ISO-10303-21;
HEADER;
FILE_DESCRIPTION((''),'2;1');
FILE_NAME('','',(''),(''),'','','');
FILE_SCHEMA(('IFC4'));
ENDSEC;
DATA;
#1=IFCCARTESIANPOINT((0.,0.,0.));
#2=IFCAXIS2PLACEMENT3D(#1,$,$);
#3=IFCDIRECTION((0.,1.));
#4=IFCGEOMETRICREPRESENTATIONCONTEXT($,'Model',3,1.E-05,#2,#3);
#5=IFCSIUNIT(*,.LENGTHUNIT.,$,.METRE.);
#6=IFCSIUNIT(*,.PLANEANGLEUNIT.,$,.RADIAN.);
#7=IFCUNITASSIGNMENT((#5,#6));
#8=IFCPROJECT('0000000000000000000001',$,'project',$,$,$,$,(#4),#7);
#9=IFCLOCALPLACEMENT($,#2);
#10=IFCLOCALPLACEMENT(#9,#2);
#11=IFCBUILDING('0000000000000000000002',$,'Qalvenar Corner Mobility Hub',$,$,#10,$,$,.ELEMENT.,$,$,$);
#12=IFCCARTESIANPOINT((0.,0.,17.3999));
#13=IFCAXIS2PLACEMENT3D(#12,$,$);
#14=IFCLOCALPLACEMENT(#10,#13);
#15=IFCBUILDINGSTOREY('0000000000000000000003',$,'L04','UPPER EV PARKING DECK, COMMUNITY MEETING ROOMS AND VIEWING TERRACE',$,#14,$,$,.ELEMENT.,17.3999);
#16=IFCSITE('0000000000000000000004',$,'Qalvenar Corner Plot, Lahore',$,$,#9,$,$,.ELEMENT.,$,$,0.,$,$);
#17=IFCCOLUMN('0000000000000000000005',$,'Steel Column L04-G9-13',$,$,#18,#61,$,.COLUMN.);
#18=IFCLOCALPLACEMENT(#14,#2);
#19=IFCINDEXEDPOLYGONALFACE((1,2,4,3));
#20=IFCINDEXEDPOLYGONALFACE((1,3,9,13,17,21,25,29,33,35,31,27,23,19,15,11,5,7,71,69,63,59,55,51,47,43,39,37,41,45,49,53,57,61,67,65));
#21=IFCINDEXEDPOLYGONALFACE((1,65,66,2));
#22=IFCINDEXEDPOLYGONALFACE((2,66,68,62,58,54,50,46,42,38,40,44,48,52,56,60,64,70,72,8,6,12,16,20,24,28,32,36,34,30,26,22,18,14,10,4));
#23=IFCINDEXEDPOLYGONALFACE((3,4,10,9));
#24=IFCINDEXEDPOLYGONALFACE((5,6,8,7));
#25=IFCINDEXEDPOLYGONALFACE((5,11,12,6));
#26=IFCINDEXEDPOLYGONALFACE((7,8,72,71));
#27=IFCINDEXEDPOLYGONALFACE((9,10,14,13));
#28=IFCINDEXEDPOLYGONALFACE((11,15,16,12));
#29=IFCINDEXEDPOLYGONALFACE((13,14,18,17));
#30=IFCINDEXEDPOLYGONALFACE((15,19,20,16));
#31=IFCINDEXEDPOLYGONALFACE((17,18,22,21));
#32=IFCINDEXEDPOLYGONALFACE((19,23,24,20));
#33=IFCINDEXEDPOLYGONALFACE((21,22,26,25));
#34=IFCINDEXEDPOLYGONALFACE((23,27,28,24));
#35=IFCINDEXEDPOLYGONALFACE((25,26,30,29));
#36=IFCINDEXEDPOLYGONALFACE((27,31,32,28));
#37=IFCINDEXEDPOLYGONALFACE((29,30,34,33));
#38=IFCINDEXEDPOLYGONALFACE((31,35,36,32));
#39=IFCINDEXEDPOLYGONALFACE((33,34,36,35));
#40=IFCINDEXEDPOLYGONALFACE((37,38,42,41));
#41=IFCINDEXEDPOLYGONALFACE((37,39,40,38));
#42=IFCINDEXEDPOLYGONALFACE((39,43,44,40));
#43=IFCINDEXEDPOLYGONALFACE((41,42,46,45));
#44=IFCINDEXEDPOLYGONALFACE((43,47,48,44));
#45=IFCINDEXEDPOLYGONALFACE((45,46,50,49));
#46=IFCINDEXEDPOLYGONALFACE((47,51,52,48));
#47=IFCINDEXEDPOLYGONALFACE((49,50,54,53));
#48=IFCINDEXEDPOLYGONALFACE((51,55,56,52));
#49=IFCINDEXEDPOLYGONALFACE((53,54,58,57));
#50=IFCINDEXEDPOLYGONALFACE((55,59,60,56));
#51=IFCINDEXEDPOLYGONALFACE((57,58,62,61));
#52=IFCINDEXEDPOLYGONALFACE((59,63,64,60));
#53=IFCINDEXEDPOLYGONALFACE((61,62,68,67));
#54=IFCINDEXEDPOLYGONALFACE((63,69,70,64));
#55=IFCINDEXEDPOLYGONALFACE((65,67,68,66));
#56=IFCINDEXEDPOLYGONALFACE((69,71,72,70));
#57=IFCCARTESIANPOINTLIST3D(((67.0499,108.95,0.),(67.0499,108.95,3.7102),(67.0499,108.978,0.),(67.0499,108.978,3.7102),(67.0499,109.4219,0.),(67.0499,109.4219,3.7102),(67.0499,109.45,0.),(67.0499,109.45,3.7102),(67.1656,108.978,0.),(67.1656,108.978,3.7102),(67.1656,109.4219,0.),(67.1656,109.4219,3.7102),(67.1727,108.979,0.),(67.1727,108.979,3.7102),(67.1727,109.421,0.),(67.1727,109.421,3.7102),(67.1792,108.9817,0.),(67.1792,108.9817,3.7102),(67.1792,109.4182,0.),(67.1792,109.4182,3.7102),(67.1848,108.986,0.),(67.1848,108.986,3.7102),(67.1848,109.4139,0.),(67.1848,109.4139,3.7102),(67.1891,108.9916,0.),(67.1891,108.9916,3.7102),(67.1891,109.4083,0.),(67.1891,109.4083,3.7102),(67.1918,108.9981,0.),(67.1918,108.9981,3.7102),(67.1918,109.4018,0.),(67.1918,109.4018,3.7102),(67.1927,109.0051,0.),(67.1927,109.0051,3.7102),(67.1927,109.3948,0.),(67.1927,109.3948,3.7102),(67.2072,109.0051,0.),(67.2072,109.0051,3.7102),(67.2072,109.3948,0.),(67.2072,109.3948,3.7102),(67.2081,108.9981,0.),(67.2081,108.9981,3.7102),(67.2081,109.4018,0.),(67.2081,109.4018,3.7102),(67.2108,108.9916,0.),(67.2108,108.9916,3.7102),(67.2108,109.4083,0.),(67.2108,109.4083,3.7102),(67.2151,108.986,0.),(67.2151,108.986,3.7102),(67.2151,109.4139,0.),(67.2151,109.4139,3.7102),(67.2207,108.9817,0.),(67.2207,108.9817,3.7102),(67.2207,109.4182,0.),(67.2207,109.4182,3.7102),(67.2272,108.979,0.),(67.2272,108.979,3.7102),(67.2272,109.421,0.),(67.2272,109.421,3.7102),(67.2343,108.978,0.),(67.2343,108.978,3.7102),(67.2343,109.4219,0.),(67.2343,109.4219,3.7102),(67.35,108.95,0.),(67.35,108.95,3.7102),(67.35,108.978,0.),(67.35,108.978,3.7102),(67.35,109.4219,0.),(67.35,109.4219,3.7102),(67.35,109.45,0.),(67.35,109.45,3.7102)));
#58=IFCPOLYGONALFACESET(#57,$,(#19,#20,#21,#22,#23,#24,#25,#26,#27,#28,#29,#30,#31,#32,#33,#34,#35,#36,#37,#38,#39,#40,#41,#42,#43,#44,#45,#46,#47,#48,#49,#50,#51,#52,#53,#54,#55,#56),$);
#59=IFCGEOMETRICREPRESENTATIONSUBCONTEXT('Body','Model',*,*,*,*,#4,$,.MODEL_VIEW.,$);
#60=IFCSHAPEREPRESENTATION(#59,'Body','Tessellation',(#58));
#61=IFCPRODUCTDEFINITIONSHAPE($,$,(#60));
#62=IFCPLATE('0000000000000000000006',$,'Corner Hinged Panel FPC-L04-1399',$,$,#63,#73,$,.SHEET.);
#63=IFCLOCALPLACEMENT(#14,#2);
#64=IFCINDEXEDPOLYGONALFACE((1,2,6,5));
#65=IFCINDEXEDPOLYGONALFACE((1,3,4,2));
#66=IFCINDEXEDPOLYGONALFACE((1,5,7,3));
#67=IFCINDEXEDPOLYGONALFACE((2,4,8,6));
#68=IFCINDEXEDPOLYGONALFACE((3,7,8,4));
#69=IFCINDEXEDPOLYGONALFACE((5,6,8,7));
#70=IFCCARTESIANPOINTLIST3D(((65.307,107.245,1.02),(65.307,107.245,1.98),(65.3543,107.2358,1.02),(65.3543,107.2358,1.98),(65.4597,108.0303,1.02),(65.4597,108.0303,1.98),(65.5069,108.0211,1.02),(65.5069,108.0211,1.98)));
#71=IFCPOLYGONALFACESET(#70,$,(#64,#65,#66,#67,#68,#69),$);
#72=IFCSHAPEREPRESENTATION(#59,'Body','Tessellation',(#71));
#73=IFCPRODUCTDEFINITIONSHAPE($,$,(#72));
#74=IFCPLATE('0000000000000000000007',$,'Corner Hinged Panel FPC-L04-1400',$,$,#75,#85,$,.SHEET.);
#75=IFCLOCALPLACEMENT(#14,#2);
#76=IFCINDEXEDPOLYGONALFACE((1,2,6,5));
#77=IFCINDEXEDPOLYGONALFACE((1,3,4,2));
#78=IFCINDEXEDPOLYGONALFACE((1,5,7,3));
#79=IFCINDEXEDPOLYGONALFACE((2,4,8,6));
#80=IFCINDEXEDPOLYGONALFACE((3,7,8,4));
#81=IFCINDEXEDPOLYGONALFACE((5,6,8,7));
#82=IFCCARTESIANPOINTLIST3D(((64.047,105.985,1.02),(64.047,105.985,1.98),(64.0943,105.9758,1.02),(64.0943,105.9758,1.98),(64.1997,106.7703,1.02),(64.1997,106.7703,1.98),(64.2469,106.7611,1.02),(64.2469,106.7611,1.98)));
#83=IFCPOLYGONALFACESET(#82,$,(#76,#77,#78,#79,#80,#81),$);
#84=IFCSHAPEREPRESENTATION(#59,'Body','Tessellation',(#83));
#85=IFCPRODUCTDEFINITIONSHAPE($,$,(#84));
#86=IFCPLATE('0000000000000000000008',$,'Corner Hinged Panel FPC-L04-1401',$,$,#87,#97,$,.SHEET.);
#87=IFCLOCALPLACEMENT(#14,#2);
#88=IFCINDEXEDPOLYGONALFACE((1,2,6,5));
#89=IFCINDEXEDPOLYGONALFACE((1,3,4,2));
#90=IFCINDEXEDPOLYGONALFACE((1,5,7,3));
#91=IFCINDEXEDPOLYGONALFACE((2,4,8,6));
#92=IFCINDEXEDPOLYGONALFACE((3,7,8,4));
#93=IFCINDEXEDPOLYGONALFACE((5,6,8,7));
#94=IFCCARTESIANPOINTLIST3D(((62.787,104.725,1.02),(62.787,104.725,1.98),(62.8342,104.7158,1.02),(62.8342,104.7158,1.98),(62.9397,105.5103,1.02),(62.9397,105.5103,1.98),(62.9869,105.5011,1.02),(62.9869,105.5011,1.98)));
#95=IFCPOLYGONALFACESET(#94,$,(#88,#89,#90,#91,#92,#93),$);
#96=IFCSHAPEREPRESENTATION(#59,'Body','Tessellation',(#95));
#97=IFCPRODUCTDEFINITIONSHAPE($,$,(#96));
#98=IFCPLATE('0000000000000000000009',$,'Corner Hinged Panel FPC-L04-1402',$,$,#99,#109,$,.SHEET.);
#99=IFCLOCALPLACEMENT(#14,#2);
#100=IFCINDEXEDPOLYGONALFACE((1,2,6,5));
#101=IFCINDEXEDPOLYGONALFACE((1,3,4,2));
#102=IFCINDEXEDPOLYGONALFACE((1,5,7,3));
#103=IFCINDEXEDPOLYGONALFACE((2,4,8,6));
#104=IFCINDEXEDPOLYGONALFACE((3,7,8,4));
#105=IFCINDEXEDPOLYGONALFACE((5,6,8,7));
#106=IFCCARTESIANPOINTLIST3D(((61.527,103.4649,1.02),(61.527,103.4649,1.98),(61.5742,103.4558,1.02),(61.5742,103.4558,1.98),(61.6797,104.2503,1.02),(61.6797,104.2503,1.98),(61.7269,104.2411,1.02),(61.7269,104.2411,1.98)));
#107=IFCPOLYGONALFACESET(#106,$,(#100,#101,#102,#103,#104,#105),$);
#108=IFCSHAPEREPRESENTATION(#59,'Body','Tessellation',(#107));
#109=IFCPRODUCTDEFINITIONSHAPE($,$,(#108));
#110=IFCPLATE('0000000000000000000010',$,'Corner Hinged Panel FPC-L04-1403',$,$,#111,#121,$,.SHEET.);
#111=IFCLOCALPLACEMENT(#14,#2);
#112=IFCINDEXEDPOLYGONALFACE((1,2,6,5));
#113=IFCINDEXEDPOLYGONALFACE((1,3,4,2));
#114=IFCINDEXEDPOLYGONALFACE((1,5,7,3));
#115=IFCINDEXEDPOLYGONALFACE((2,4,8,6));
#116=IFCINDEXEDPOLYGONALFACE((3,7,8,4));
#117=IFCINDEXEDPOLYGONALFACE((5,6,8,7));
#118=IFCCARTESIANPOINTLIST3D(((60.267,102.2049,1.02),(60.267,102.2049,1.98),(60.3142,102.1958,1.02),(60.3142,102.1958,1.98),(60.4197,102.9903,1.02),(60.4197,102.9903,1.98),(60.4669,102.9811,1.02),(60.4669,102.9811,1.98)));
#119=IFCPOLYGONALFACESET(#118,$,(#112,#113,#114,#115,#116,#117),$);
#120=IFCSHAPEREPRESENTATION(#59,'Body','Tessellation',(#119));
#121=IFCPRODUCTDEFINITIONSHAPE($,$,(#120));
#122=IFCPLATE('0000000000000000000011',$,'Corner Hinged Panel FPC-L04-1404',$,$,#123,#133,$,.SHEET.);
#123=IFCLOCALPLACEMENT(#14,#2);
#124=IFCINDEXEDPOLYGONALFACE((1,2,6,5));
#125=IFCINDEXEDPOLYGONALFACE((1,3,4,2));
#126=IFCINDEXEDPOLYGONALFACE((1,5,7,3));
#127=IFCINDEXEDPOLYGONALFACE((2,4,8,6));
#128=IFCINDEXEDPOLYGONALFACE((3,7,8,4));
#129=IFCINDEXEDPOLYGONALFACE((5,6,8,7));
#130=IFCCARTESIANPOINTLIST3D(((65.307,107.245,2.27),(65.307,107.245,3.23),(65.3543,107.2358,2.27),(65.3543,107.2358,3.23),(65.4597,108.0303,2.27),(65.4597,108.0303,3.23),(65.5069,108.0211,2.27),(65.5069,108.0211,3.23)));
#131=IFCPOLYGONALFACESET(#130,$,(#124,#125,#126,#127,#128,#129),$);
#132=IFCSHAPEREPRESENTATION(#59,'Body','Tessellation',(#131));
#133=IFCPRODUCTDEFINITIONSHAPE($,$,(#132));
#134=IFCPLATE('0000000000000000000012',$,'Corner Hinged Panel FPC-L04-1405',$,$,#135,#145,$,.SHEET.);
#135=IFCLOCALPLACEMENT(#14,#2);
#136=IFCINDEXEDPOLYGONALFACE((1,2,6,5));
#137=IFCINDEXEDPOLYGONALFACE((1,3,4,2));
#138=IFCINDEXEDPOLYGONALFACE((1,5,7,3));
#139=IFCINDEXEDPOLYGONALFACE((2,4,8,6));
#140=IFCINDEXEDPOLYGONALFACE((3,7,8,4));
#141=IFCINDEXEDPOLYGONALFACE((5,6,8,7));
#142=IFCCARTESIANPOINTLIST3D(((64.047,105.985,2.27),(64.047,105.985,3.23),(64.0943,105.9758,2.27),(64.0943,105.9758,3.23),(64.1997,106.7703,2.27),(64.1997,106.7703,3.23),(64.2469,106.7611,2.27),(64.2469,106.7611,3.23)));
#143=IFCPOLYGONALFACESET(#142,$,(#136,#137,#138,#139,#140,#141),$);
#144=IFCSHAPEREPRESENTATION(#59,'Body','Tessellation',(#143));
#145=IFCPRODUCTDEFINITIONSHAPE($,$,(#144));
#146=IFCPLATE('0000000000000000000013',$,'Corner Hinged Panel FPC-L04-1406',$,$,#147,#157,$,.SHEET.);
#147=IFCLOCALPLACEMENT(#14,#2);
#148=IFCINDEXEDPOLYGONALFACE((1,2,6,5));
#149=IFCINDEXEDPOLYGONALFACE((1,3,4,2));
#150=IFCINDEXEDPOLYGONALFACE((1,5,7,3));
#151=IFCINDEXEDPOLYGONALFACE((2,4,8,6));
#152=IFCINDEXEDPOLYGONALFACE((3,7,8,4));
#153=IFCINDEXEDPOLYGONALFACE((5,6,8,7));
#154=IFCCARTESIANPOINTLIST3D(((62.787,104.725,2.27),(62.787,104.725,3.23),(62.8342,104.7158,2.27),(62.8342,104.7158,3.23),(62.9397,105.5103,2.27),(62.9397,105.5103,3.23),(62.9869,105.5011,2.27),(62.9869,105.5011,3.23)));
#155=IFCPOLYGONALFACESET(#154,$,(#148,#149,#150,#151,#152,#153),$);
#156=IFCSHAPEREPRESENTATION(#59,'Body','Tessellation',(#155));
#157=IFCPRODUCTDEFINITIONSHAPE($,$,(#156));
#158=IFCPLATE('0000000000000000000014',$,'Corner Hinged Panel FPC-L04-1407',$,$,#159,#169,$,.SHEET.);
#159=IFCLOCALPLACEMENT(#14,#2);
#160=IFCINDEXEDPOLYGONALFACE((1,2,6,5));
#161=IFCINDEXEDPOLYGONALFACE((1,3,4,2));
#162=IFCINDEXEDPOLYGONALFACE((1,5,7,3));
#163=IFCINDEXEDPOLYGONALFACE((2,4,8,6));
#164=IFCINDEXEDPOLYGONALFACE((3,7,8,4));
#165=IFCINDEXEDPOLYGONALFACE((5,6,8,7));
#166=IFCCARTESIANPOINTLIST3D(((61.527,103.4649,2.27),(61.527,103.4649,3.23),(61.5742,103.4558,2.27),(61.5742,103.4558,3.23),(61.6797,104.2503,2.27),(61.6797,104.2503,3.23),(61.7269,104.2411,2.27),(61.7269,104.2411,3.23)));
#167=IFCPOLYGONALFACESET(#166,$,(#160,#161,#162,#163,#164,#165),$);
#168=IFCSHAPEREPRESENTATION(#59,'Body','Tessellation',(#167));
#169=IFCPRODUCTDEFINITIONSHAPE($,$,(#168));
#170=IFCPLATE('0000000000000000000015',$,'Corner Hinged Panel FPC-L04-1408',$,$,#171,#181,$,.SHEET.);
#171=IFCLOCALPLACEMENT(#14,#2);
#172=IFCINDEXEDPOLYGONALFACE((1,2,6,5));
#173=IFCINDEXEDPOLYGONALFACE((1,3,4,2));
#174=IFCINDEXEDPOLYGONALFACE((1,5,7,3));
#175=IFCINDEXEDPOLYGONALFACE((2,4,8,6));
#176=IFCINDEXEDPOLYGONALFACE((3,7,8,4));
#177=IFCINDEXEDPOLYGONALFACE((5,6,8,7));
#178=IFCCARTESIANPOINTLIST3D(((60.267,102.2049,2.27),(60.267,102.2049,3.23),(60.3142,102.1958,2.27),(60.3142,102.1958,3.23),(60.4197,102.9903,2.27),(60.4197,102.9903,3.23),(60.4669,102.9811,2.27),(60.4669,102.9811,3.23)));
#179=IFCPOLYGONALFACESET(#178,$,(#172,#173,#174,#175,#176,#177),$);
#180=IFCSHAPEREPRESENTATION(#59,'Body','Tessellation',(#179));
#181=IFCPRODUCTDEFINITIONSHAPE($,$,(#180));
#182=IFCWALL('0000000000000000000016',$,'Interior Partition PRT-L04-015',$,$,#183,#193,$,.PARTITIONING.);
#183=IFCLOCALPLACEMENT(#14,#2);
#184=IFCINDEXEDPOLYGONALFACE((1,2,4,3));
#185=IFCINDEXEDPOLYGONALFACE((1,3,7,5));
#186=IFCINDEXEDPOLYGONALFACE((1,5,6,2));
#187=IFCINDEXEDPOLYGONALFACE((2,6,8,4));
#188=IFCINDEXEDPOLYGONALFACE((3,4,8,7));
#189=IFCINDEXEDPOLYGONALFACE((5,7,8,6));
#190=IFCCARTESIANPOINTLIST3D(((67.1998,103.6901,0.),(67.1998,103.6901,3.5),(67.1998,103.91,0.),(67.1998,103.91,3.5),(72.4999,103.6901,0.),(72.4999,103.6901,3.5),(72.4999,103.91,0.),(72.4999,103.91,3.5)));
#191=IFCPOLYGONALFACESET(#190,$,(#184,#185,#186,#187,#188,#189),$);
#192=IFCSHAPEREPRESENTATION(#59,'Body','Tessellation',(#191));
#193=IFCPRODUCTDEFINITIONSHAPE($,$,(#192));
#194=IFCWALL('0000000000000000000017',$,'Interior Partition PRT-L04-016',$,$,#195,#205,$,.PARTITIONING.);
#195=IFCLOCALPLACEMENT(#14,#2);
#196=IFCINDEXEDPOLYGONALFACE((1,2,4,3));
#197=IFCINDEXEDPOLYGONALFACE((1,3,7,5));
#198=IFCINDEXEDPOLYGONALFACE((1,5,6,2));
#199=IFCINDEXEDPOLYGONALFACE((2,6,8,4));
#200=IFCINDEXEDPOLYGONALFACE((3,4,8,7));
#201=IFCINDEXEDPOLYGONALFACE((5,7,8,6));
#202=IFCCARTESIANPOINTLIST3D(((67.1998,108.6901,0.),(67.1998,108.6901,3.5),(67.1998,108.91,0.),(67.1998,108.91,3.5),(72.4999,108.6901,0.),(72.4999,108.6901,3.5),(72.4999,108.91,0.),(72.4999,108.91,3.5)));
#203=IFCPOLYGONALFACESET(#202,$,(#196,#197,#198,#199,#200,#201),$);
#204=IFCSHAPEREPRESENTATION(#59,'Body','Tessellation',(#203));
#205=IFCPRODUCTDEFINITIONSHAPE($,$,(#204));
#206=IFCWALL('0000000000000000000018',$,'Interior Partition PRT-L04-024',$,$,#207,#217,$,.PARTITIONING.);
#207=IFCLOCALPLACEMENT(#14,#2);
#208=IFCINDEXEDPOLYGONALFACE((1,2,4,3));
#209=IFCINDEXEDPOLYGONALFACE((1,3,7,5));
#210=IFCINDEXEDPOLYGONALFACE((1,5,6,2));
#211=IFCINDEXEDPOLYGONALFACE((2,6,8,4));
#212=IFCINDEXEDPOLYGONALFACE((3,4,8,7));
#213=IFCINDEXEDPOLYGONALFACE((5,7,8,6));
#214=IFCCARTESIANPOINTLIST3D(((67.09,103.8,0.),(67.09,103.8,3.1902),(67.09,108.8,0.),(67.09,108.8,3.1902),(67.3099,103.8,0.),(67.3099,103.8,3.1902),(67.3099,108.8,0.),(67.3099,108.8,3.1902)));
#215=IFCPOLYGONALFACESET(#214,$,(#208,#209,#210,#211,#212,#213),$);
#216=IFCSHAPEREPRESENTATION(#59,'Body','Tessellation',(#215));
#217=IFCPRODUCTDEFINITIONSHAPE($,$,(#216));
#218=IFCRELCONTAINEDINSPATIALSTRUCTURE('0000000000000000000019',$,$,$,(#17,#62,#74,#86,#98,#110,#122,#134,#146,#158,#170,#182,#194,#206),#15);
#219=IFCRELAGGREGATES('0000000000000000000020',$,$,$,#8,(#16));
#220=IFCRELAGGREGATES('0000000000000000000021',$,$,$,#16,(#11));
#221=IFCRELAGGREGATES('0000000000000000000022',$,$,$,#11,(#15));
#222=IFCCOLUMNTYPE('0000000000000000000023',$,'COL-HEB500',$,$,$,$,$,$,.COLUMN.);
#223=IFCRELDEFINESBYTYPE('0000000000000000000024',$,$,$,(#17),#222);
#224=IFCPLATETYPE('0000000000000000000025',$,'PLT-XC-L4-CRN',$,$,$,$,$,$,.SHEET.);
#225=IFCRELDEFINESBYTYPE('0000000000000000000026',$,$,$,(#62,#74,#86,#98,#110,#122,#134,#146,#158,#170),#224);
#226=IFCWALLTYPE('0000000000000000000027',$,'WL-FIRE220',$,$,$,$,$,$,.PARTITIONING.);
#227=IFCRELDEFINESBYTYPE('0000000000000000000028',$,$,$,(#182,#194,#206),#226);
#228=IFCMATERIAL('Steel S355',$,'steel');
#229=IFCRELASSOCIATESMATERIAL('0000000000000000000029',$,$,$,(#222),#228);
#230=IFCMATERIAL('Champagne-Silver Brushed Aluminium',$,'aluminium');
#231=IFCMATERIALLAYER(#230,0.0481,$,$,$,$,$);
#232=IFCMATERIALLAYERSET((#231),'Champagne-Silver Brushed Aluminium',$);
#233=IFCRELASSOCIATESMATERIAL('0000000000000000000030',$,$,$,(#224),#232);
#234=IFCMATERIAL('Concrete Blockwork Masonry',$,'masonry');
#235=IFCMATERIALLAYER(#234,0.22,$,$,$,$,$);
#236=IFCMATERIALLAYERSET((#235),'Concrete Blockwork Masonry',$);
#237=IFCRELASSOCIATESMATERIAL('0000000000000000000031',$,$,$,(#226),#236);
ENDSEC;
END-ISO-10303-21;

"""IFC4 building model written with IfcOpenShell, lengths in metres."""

from ifc_helpers import new_model, si_unit, direction, frame, frame_2d, origin, origin_2d, place, context, subcontext, project, spatial, rectangle, i_section, extrude, material, layer, layer_set, material_profile, profile_set, type_object, element, save


model = new_model("IFC4")

# Units and contexts
model_context = context("Model", 3, precision=1e-05, world=origin(), true_north=direction((0.0, 1.0)))
body_context = subcontext(model_context, "Body", "Model", "MODEL_VIEW")
ifc_project = project(units=[si_unit("LENGTHUNIT", "METRE"), si_unit("PLANEANGLEUNIT", "RADIAN")], contexts=[model_context])

# Site, building, storey
site_placement = place(None, origin())
site = spatial("IfcSite", under=ifc_project, at=site_placement, Name="Qalvenar Corner Plot, Lahore", CompositionType="ELEMENT", RefElevation=0.0)
building_placement = place(site_placement, origin())
building = spatial("IfcBuilding", under=site, at=building_placement, Name="Qalvenar Corner Mobility Hub", CompositionType="ELEMENT")
storey_placement = place(building_placement, frame((0.0, 0.0, 17.3999)))
storey = spatial("IfcBuildingStorey", under=building, at=storey_placement, Name="L04", Description="UPPER EV PARKING DECK, COMMUNITY MEETING ROOMS AND VIEWING TERRACE", CompositionType="ELEMENT", Elevation=17.3999)

# Column
ifc_material_1 = material(Name="Steel S355", Category="steel")
ifc_material_profile = material_profile(ifc_material_1, i_section(OverallWidth=0.3, OverallDepth=0.5, WebThickness=0.0144, FlangeThickness=0.0281, FilletRadius=0.0271, at=origin_2d()), Name="HEB500")
ifc_profile_set = profile_set([ifc_material_profile], Name="Steel S355")
column_type = type_object("IfcColumnType", Name="COL-HEB500", PredefinedType="COLUMN", material=ifc_profile_set)
column_placement = place(storey_placement, frame((67.2, 109.2, 0.0), z_axis=(0.0, 0.0, 1.0), x_axis=(1.0, 0.0, 0.0)))
element("IfcColumn", 1, at=column_placement, inside=storey, type_object=column_type, Name="Steel Column L04-G9-13", PredefinedType="COLUMN", context=body_context, shape_type="SweptSolid", body=[
    extrude(i_section(OverallWidth=0.3, OverallDepth=0.5, WebThickness=0.0144, FlangeThickness=0.0281, FilletRadius=0.0271, at=origin_2d()), origin(), (0.0, 0.0, 1.0), 3.7102),
])

# Plates
ifc_material_2 = material(Name="Champagne-Silver Brushed Aluminium", Category="aluminium")
ifc_layer_1 = layer(ifc_material_2, 0.0481)
ifc_layer_set_1 = layer_set([ifc_layer_1], Name="Champagne-Silver Brushed Aluminium")
plate_type = type_object("IfcPlateType", Name="PLT-XC-L4-CRN", PredefinedType="SHEET", material=ifc_layer_set_1)
for number, where, z_axis, x_axis, name in (
    (2, (65.407, 107.6331, 1.02), (0.0, 0.0, 1.0), (-0.190809, -0.981627, 0.0), "Corner Hinged Panel FPC-L04-1399"),
    (3, (64.147, 106.373, 1.02), (0.0, 0.0, 1.0), (-0.190809, -0.981627, 0.0), "Corner Hinged Panel FPC-L04-1400"),
    (4, (62.887, 105.113, 1.02), (0.0, 0.0, 1.0), (-0.190809, -0.981627, 0.0), "Corner Hinged Panel FPC-L04-1401"),
    (5, (61.627, 103.853, 1.02), (0.0, 0.0, 1.0), (-0.190809, -0.981627, 0.0), "Corner Hinged Panel FPC-L04-1402"),
    (6, (60.3669, 102.593, 1.02), (0.0, 0.0, 1.0), (-0.190809, -0.981627, 0.0), "Corner Hinged Panel FPC-L04-1403"),
    (7, (65.407, 107.6331, 2.27), (0.0, 0.0, 1.0), (-0.190809, -0.981627, 0.0), "Corner Hinged Panel FPC-L04-1404"),
    (8, (64.147, 106.373, 2.27), (0.0, 0.0, 1.0), (-0.190809, -0.981627, 0.0), "Corner Hinged Panel FPC-L04-1405"),
    (9, (62.887, 105.113, 2.27), (0.0, 0.0, 1.0), (-0.190809, -0.981627, 0.0), "Corner Hinged Panel FPC-L04-1406"),
    (10, (61.627, 103.853, 2.27), (0.0, 0.0, 1.0), (-0.190809, -0.981627, 0.0), "Corner Hinged Panel FPC-L04-1407"),
    (11, (60.3669, 102.593, 2.27), (0.0, 0.0, 1.0), (-0.190809, -0.981627, 0.0), "Corner Hinged Panel FPC-L04-1408"),
):
    element("IfcPlate", number, at=place(storey_placement, frame(where, z_axis=z_axis, x_axis=x_axis)), inside=storey, type_object=plate_type, Name=name, PredefinedType="SHEET", context=body_context, shape_type="SweptSolid", body=[
        extrude(rectangle(XDim=0.8, YDim=0.0481, at=origin_2d()), origin(), (0.0, 0.0, 1.0), 0.96),
    ])

# Walls
ifc_material_3 = material(Name="Concrete Blockwork Masonry", Category="masonry")
ifc_layer_2 = layer(ifc_material_3, 0.22)
ifc_layer_set_2 = layer_set([ifc_layer_2], Name="Concrete Blockwork Masonry")
wall_type_1 = type_object("IfcWallType", Name="WL-FIRE220", PredefinedType="PARTITIONING", material=ifc_layer_set_2)
for number, where, z_axis, x_axis, name in (
    (12, (67.2, 103.8, 0.0), (0.0, 0.0, 1.0), (1.0, 0.0, 0.0), "Interior Partition PRT-L04-015"),
    (13, (67.2, 108.8, 0.0), (0.0, 0.0, 1.0), (1.0, 0.0, 0.0), "Interior Partition PRT-L04-016"),
):
    element("IfcWall", number, at=place(storey_placement, frame(where, z_axis=z_axis, x_axis=x_axis)), inside=storey, type_object=wall_type_1, Name=name, PredefinedType="PARTITIONING", context=body_context, shape_type="SweptSolid", body=[
        extrude(rectangle(XDim=5.3, YDim=0.22, at=frame_2d((2.6499, 0.0))), origin(), (0.0, 0.0, 1.0), 3.5),
    ])
wall_1_placement = place(storey_placement, frame((67.2, 103.8, 0.0), z_axis=(0.0, 0.0, 1.0), x_axis=(0.0, 1.0, 0.0)))
element("IfcWall", 14, at=wall_1_placement, inside=storey, type_object=wall_type_1, Name="Interior Partition PRT-L04-024", PredefinedType="PARTITIONING", context=body_context, shape_type="SweptSolid", body=[
    extrude(rectangle(XDim=5.0, YDim=0.22, at=frame_2d((2.5, 0.0))), origin(), (0.0, 0.0, 1.0), 3.1902),
])

save(model, "model.ifc")
